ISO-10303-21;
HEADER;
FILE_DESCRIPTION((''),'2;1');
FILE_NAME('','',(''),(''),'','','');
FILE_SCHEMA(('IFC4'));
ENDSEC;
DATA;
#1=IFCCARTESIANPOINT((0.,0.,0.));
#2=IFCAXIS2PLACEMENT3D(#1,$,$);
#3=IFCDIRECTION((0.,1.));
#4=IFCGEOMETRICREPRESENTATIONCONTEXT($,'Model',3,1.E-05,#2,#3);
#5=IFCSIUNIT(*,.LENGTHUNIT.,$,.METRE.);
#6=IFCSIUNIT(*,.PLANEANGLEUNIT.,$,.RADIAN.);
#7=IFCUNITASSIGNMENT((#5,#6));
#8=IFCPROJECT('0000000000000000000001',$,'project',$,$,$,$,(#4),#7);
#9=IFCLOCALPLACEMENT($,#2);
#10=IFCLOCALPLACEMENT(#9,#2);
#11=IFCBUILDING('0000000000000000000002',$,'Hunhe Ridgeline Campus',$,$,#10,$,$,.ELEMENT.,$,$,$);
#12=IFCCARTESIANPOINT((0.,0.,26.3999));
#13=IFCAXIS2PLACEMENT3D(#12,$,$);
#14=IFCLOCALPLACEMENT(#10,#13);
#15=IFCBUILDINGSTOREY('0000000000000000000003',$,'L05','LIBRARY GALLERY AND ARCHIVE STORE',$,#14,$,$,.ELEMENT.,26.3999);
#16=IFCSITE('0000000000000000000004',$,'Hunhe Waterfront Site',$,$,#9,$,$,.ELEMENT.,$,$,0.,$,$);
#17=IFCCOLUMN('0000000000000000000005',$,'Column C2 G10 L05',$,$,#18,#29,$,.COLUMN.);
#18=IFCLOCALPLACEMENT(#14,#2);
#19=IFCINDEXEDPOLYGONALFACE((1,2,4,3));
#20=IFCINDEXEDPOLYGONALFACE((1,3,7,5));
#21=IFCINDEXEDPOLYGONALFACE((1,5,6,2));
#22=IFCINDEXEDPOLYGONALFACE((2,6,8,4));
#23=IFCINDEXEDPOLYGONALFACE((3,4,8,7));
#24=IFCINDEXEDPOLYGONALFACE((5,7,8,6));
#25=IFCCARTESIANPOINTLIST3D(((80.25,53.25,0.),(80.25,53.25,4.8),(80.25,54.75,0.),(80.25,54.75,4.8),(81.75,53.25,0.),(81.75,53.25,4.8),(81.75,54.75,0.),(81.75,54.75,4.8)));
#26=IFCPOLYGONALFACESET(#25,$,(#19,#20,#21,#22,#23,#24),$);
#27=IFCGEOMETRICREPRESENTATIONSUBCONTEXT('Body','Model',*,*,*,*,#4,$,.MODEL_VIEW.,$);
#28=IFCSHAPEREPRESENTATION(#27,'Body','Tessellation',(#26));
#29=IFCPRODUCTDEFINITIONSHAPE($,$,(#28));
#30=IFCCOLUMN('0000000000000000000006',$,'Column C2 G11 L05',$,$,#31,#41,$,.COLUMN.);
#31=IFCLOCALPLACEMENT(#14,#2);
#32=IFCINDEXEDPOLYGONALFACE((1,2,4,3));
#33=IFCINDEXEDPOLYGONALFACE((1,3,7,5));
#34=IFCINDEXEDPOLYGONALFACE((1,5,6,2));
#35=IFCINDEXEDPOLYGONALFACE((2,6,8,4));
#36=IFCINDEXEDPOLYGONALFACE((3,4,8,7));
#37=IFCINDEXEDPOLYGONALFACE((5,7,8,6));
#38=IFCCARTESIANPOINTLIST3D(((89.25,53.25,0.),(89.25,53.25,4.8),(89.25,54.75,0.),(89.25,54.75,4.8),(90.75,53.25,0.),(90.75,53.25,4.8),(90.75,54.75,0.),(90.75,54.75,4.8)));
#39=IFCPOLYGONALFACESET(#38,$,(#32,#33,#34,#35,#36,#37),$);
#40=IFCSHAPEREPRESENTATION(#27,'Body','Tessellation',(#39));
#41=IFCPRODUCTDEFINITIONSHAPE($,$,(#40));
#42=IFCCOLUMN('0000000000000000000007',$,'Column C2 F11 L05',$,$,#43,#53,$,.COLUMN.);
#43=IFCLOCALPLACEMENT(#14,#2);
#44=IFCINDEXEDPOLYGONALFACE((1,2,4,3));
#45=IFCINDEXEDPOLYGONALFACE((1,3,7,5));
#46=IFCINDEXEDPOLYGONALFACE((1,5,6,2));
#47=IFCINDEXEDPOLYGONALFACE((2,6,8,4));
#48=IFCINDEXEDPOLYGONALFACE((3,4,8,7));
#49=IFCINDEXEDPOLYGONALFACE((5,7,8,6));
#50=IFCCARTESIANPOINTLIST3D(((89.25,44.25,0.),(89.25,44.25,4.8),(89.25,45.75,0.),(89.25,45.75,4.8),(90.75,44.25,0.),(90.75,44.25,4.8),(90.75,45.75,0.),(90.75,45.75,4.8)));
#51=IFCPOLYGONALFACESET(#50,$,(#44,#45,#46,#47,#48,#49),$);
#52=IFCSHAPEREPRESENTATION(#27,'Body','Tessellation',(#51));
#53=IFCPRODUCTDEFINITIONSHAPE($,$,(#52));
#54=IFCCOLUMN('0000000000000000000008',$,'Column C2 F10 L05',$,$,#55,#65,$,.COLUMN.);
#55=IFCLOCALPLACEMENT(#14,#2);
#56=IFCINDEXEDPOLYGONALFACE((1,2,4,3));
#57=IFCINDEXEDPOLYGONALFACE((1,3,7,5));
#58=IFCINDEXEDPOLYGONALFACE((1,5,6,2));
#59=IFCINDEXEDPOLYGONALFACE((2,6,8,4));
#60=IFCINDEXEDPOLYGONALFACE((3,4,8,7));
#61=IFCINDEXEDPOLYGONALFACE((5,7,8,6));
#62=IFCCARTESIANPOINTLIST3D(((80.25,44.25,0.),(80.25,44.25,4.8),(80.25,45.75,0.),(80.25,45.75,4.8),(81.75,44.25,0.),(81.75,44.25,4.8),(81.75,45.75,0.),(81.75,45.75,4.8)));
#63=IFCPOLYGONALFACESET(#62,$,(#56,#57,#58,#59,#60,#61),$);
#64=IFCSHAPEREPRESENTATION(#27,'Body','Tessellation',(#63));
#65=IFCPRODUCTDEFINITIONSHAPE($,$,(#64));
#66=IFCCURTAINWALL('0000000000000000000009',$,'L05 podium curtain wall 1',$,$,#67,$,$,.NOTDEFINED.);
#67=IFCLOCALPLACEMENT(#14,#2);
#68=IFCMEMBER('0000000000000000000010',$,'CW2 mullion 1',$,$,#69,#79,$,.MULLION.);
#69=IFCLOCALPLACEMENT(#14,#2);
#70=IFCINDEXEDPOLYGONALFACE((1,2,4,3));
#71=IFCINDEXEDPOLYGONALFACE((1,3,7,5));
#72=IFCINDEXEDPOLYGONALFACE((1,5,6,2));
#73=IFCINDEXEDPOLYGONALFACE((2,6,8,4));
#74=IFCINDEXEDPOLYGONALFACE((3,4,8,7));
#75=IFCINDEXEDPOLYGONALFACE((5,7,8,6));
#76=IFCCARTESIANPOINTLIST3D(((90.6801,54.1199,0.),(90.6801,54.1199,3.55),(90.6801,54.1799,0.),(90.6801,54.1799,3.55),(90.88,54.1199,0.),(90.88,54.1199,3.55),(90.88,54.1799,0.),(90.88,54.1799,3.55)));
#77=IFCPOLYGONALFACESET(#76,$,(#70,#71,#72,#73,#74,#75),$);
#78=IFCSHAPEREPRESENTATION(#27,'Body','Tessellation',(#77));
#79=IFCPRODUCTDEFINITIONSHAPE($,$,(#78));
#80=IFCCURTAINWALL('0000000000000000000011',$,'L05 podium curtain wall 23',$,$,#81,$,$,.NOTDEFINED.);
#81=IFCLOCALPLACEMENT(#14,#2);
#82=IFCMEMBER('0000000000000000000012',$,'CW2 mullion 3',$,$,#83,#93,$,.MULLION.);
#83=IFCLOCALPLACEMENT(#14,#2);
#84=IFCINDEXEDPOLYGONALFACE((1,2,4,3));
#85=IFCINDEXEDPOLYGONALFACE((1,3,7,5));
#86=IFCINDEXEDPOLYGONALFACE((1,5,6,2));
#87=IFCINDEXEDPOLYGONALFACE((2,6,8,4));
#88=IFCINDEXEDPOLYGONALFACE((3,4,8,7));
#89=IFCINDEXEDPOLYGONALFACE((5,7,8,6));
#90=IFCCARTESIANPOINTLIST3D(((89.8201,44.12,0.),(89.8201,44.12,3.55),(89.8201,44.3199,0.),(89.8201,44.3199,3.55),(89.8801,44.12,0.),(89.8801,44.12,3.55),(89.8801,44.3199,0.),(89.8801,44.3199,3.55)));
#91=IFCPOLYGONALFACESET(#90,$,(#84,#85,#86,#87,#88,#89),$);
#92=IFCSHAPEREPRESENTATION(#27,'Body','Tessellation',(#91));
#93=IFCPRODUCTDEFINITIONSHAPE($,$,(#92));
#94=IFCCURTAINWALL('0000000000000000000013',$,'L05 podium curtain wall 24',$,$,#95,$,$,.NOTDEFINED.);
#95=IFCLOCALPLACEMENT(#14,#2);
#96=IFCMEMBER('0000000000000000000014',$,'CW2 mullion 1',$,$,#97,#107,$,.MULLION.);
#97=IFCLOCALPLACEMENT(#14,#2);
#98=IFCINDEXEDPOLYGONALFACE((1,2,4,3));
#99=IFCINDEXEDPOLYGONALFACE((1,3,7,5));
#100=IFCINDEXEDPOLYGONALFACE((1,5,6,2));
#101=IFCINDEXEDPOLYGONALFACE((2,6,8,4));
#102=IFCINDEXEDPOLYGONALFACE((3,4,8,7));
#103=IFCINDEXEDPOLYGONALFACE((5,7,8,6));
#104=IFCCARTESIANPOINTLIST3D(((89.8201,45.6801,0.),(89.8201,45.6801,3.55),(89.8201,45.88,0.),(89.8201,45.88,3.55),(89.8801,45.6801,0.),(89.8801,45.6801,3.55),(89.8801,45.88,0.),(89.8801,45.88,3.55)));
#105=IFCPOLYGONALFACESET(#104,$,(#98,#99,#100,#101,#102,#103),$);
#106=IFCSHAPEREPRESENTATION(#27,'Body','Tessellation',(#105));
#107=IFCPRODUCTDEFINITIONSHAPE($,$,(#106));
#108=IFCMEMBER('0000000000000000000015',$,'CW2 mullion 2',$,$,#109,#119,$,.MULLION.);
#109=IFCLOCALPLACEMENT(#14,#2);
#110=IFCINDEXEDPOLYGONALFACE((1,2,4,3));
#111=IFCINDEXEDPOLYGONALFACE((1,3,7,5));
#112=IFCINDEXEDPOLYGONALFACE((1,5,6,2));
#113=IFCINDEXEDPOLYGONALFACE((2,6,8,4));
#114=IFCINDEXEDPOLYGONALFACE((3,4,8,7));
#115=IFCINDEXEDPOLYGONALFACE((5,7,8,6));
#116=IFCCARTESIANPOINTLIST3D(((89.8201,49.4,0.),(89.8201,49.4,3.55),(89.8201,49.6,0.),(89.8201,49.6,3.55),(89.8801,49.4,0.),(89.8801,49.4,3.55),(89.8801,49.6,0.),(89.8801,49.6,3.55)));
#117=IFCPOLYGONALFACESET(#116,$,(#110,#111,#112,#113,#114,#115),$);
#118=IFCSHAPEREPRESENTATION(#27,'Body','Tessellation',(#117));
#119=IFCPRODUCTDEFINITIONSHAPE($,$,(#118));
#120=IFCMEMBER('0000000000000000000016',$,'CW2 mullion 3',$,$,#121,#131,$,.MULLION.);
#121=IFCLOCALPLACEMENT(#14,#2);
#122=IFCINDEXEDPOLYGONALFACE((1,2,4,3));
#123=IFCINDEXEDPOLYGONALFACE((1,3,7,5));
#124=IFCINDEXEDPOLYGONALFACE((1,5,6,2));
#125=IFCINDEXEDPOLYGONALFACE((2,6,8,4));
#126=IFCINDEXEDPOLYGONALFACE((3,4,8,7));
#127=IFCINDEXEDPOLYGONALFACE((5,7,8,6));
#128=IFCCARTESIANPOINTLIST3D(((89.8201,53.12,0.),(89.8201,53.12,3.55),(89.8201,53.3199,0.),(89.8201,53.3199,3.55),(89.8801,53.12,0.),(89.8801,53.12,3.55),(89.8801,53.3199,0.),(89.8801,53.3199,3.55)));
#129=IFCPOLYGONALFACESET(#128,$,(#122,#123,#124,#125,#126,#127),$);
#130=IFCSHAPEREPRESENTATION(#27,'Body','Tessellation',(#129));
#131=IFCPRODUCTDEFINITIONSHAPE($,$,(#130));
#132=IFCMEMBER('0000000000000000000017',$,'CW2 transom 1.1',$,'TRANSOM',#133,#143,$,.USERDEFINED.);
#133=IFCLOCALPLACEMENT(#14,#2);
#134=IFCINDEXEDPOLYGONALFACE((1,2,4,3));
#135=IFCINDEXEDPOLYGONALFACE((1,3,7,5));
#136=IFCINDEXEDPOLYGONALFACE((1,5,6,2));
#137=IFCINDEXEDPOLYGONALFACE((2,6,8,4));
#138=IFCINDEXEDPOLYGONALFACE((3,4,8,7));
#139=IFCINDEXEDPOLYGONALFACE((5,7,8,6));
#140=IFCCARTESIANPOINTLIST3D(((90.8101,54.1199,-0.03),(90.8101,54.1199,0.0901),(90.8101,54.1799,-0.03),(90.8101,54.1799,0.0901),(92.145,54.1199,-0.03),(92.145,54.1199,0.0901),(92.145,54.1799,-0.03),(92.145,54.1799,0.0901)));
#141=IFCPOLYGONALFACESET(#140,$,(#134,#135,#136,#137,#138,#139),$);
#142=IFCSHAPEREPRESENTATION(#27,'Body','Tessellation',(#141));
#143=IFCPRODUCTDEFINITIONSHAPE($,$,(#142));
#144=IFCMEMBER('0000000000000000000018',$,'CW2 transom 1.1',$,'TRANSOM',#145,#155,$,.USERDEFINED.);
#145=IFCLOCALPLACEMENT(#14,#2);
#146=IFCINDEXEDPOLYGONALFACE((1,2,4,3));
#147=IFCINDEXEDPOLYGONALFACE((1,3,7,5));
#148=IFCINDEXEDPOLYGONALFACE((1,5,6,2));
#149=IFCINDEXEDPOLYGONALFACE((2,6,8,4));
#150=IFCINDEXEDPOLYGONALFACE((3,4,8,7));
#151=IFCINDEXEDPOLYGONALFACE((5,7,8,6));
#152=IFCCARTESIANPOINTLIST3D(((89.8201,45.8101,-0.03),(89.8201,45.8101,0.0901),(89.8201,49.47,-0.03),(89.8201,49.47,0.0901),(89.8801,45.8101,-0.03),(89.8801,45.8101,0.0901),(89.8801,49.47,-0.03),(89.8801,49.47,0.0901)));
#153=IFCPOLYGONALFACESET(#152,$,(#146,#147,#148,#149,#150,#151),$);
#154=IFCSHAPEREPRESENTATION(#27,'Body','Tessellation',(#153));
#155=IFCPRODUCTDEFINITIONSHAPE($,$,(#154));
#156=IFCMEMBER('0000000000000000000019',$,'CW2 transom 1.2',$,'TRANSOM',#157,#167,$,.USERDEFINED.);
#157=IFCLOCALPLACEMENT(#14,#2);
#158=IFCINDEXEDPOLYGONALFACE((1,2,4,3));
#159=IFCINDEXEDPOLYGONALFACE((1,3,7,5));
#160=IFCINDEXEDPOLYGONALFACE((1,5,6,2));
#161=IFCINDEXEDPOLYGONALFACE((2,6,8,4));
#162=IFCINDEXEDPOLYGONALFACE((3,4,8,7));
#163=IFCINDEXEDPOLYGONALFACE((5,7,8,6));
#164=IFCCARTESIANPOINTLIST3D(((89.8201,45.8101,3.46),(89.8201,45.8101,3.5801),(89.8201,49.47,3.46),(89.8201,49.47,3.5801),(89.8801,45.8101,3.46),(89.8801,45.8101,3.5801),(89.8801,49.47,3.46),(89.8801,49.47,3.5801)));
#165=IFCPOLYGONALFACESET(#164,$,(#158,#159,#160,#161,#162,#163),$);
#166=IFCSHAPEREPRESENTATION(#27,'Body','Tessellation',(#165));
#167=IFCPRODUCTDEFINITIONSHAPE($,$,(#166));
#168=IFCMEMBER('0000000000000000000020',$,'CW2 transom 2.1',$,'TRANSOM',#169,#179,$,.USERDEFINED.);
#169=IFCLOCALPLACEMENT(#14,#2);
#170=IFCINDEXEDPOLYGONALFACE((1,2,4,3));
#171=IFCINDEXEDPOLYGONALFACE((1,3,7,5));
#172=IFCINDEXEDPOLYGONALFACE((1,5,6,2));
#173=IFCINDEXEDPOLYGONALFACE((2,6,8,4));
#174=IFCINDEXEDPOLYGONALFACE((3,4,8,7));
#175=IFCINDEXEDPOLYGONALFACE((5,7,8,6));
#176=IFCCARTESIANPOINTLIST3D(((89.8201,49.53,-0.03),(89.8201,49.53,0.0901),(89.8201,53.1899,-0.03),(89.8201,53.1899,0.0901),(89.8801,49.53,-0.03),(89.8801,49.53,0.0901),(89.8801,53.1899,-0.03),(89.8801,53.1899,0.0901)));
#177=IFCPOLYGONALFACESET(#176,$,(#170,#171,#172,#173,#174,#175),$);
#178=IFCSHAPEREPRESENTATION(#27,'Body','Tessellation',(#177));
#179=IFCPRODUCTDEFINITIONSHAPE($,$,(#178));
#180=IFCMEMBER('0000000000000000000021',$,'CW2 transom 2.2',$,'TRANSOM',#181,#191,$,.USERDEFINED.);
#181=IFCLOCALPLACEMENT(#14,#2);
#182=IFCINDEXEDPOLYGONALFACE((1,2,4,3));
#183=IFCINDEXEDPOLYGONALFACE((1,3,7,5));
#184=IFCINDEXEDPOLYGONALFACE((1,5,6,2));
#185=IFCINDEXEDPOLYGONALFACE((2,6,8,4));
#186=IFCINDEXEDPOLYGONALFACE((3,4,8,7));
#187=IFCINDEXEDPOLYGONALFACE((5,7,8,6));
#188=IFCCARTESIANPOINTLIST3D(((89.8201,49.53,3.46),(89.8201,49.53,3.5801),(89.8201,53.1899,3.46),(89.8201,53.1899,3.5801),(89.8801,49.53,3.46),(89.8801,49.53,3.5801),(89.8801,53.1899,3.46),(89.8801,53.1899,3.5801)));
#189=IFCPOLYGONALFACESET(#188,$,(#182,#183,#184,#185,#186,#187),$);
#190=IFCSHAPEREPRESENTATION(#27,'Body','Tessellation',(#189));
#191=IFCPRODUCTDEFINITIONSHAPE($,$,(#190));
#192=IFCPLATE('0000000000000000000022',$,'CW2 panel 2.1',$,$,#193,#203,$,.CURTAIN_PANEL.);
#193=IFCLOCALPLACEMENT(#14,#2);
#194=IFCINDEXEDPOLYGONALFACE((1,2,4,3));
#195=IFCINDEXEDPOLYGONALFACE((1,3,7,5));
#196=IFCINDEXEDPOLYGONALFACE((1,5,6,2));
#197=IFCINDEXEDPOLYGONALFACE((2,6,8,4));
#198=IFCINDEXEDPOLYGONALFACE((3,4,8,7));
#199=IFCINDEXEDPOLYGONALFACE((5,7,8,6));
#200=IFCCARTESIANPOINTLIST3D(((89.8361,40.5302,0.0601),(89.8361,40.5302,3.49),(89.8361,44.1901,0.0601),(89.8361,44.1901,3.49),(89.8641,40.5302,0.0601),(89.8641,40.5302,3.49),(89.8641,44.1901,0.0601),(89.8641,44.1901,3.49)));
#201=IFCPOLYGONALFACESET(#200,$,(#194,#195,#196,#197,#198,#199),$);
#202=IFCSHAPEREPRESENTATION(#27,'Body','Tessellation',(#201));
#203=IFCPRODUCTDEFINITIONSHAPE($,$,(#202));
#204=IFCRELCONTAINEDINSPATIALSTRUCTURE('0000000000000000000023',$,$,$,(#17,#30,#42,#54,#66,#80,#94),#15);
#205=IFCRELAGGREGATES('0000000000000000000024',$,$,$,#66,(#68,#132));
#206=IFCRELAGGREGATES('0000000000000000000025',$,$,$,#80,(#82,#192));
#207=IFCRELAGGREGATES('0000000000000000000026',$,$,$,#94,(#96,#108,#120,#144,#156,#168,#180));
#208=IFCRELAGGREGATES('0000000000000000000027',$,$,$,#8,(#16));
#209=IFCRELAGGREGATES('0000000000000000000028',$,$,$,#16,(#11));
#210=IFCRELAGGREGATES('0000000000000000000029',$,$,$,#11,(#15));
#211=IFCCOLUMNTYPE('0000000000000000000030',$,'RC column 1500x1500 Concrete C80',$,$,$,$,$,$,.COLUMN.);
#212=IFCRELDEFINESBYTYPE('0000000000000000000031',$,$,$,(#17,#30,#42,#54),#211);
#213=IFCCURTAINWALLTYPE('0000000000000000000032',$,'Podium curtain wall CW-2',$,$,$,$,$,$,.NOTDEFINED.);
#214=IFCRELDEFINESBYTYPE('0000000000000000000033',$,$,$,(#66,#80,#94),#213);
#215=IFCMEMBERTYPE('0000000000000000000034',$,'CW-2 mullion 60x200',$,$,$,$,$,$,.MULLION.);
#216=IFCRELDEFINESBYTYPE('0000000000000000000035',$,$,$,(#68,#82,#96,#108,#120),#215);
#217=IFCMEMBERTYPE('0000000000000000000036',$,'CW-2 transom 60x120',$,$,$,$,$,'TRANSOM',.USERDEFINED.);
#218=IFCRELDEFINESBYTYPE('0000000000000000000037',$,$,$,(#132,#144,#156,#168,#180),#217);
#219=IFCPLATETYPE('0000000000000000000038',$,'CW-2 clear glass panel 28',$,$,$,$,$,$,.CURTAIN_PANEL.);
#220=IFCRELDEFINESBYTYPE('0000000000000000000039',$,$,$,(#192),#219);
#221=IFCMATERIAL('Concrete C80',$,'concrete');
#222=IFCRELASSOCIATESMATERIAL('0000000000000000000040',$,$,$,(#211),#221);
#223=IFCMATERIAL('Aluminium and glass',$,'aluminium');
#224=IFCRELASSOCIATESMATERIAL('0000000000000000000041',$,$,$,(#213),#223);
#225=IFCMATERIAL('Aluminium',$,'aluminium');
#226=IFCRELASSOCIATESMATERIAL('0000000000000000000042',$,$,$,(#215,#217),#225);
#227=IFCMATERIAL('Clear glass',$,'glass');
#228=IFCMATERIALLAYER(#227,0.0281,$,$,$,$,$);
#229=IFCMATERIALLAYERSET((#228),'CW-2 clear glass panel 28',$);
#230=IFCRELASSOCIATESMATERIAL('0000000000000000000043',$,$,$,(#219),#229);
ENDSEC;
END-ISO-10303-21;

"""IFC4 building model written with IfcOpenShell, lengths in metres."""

from ifc_helpers import new_model, si_unit, direction, frame, origin, origin_2d, place, context, subcontext, project, spatial, rectangle, extrude, material, layer, layer_set, material_profile, profile_set, type_object, element, aggregate, save


model = new_model("IFC4")

# Units and contexts
model_context = context("Model", 3, precision=1e-05, world=origin(), true_north=direction((0.0, 1.0)))
body_context = subcontext(model_context, "Body", "Model", "MODEL_VIEW")
ifc_project = project(units=[si_unit("LENGTHUNIT", "METRE"), si_unit("PLANEANGLEUNIT", "RADIAN")], contexts=[model_context])

# Site, building, storey
site_placement = place(None, origin())
site = spatial("IfcSite", under=ifc_project, at=site_placement, Name="Hunhe Waterfront Site", CompositionType="ELEMENT", RefElevation=0.0)
building_placement = place(site_placement, origin())
building = spatial("IfcBuilding", under=site, at=building_placement, Name="Hunhe Ridgeline Campus", CompositionType="ELEMENT")
storey_placement = place(building_placement, frame((0.0, 0.0, 26.3999)))
storey = spatial("IfcBuildingStorey", under=building, at=storey_placement, Name="L05", Description="LIBRARY GALLERY AND ARCHIVE STORE", CompositionType="ELEMENT", Elevation=26.3999)

# Columns
ifc_material_1 = material(Name="Concrete C80", Category="concrete")
ifc_material_profile_1 = material_profile(ifc_material_1, rectangle(XDim=1.5, YDim=1.5, at=origin_2d()))
ifc_profile_set_1 = profile_set([ifc_material_profile_1], Name="Concrete C80")
column_type = type_object("IfcColumnType", Name="RC column 1500x1500 Concrete C80", PredefinedType="COLUMN", material=ifc_profile_set_1)
for number, where, z_axis, x_axis, name in (
    (1, (81.0, 54.0, 0.0), (0.0, 0.0, 1.0), (1.0, 0.0, 0.0), "Column C2 G10 L05"),
    (2, (90.0, 54.0, 0.0), (0.0, 0.0, 1.0), (1.0, 0.0, 0.0), "Column C2 G11 L05"),
    (3, (90.0, 45.0, 0.0), (0.0, 0.0, 1.0), (1.0, 0.0, 0.0), "Column C2 F11 L05"),
    (4, (81.0, 45.0, 0.0), (0.0, 0.0, 1.0), (1.0, 0.0, 0.0), "Column C2 F10 L05"),
):
    element("IfcColumn", number, at=place(storey_placement, frame(where, z_axis=z_axis, x_axis=x_axis)), inside=storey, type_object=column_type, Name=name, PredefinedType="COLUMN", context=body_context, shape_type="SweptSolid", body=[
        extrude(rectangle(XDim=1.5, YDim=1.5, at=origin_2d()), origin(), (0.0, 0.0, 1.0), 4.8),
    ])

# Curtain walls, members
ifc_material_2 = material(Name="Aluminium and glass", Category="aluminium")
curtain_wall_type = type_object("IfcCurtainWallType", Name="Podium curtain wall CW-2", PredefinedType="NOTDEFINED", material=ifc_material_2)
curtain_wall_1_placement = place(storey_placement, origin())
curtain_wall_1 = element("IfcCurtainWall", 5, at=curtain_wall_1_placement, inside=storey, type_object=curtain_wall_type, Name="L05 podium curtain wall 1", PredefinedType="NOTDEFINED")
ifc_material_3 = material(Name="Aluminium", Category="aluminium")
ifc_material_profile_2 = material_profile(ifc_material_3, rectangle(XDim=0.0601, YDim=0.2, at=origin_2d()))
ifc_profile_set_2 = profile_set([ifc_material_profile_2], Name="Aluminium")
member_type_1 = type_object("IfcMemberType", Name="CW-2 mullion 60x200", PredefinedType="MULLION", material=ifc_profile_set_2)
member_1_placement = place(storey_placement, frame((90.78, 54.1499, 0.0), z_axis=(0.0, 0.0, 1.0), x_axis=(0.0, 1.0, 0.0)))
member_1 = element("IfcMember", 6, at=member_1_placement, type_object=member_type_1, Name="CW2 mullion 1", PredefinedType="MULLION", context=body_context, shape_type="SweptSolid", body=[
    extrude(rectangle(XDim=0.0601, YDim=0.2, at=origin_2d()), origin(), (0.0, 0.0, 1.0), 3.55),
])
curtain_wall_2_placement = place(storey_placement, origin())
curtain_wall_2 = element("IfcCurtainWall", 7, at=curtain_wall_2_placement, inside=storey, type_object=curtain_wall_type, Name="L05 podium curtain wall 23", PredefinedType="NOTDEFINED")
member_2_placement = place(storey_placement, frame((89.8501, 44.22, 0.0), z_axis=(0.0, 0.0, 1.0), x_axis=(-1.0, 0.0, 0.0)))
member_2 = element("IfcMember", 8, at=member_2_placement, type_object=member_type_1, Name="CW2 mullion 3", PredefinedType="MULLION", context=body_context, shape_type="SweptSolid", body=[
    extrude(rectangle(XDim=0.0601, YDim=0.2, at=origin_2d()), origin(), (0.0, 0.0, 1.0), 3.55),
])

# Curtain wall, members
curtain_wall_3_placement = place(storey_placement, origin())
curtain_wall_3 = element("IfcCurtainWall", 9, at=curtain_wall_3_placement, inside=storey, type_object=curtain_wall_type, Name="L05 podium curtain wall 24", PredefinedType="NOTDEFINED")
member_3_placement = place(storey_placement, frame((89.8501, 45.78, 0.0), z_axis=(0.0, 0.0, 1.0), x_axis=(-1.0, 0.0, 0.0)))
member_3 = element("IfcMember", 10, at=member_3_placement, type_object=member_type_1, Name="CW2 mullion 1", PredefinedType="MULLION", context=body_context, shape_type="SweptSolid", body=[
    extrude(rectangle(XDim=0.0601, YDim=0.2, at=origin_2d()), origin(), (0.0, 0.0, 1.0), 3.55),
])
member_4_placement = place(storey_placement, frame((89.8501, 49.5, 0.0), z_axis=(0.0, 0.0, 1.0), x_axis=(-1.0, 0.0, 0.0)))
member_4 = element("IfcMember", 11, at=member_4_placement, type_object=member_type_1, Name="CW2 mullion 2", PredefinedType="MULLION", context=body_context, shape_type="SweptSolid", body=[
    extrude(rectangle(XDim=0.0601, YDim=0.2, at=origin_2d()), origin(), (0.0, 0.0, 1.0), 3.55),
])
member_5_placement = place(storey_placement, frame((89.8501, 53.22, 0.0), z_axis=(0.0, 0.0, 1.0), x_axis=(-1.0, 0.0, 0.0)))
member_5 = element("IfcMember", 12, at=member_5_placement, type_object=member_type_1, Name="CW2 mullion 3", PredefinedType="MULLION", context=body_context, shape_type="SweptSolid", body=[
    extrude(rectangle(XDim=0.0601, YDim=0.2, at=origin_2d()), origin(), (0.0, 0.0, 1.0), 3.55),
])

# Members
ifc_material_profile_3 = material_profile(ifc_material_3, rectangle(XDim=0.0601, YDim=0.1201, at=origin_2d()))
ifc_profile_set_3 = profile_set([ifc_material_profile_3], Name="Aluminium")
member_type_2 = type_object("IfcMemberType", Name="CW-2 transom 60x120", ElementType="TRANSOM", PredefinedType="USERDEFINED", material=ifc_profile_set_3)
member_6_placement = place(storey_placement, frame((90.8101, 54.1499, 0.03), z_axis=(1.0, 0.0, 0.0), x_axis=(0.0, 1.0, 0.0)))
member_6 = element("IfcMember", 13, at=member_6_placement, type_object=member_type_2, Name="CW2 transom 1.1", ObjectType="TRANSOM", PredefinedType="USERDEFINED", context=body_context, shape_type="SweptSolid", body=[
    extrude(rectangle(XDim=0.0601, YDim=0.1201, at=origin_2d()), origin(), (0.0, 0.0, 1.0), 1.335),
])
aggregate(curtain_wall_1, [member_1, member_6])
member_7_placement = place(storey_placement, frame((89.8501, 45.8101, 0.03), z_axis=(0.0, 1.0, 0.0), x_axis=(-1.0, 0.0, 0.0)))
member_7 = element("IfcMember", 14, at=member_7_placement, type_object=member_type_2, Name="CW2 transom 1.1", ObjectType="TRANSOM", PredefinedType="USERDEFINED", context=body_context, shape_type="SweptSolid", body=[
    extrude(rectangle(XDim=0.0601, YDim=0.1201, at=origin_2d()), origin(), (0.0, 0.0, 1.0), 3.6599),
])
member_8_placement = place(storey_placement, frame((89.8501, 45.8101, 3.52), z_axis=(0.0, 1.0, 0.0), x_axis=(-1.0, 0.0, 0.0)))
member_8 = element("IfcMember", 15, at=member_8_placement, type_object=member_type_2, Name="CW2 transom 1.2", ObjectType="TRANSOM", PredefinedType="USERDEFINED", context=body_context, shape_type="SweptSolid", body=[
    extrude(rectangle(XDim=0.0601, YDim=0.1201, at=origin_2d()), origin(), (0.0, 0.0, 1.0), 3.6599),
])
member_9_placement = place(storey_placement, frame((89.8501, 49.53, 0.03), z_axis=(0.0, 1.0, 0.0), x_axis=(-1.0, 0.0, 0.0)))
member_9 = element("IfcMember", 16, at=member_9_placement, type_object=member_type_2, Name="CW2 transom 2.1", ObjectType="TRANSOM", PredefinedType="USERDEFINED", context=body_context, shape_type="SweptSolid", body=[
    extrude(rectangle(XDim=0.0601, YDim=0.1201, at=origin_2d()), origin(), (0.0, 0.0, 1.0), 3.6599),
])
member_10_placement = place(storey_placement, frame((89.8501, 49.53, 3.52), z_axis=(0.0, 1.0, 0.0), x_axis=(-1.0, 0.0, 0.0)))
member_10 = element("IfcMember", 17, at=member_10_placement, type_object=member_type_2, Name="CW2 transom 2.2", ObjectType="TRANSOM", PredefinedType="USERDEFINED", context=body_context, shape_type="SweptSolid", body=[
    extrude(rectangle(XDim=0.0601, YDim=0.1201, at=origin_2d()), origin(), (0.0, 0.0, 1.0), 3.6599),
])

# Plate
ifc_material_4 = material(Name="Clear glass", Category="glass")
ifc_layer_1 = layer(ifc_material_4, 0.0281)
ifc_layer_set_1 = layer_set([ifc_layer_1], Name="CW-2 clear glass panel 28")
plate_type = type_object("IfcPlateType", Name="CW-2 clear glass panel 28", PredefinedType="CURTAIN_PANEL", material=ifc_layer_set_1)
plate_1_placement = place(storey_placement, frame((89.8501, 42.3601, 0.0601), z_axis=(0.0, 0.0, 1.0), x_axis=(0.0, 1.0, 0.0)))
plate_1 = element("IfcPlate", 18, at=plate_1_placement, type_object=plate_type, Name="CW2 panel 2.1", PredefinedType="CURTAIN_PANEL", context=body_context, shape_type="SweptSolid", body=[
    extrude(rectangle(XDim=3.6599, YDim=0.0281, at=origin_2d()), origin(), (0.0, 0.0, 1.0), 3.4299),
])
aggregate(curtain_wall_2, [member_2, plate_1])
aggregate(curtain_wall_3, [member_3, member_4, member_5, member_7, member_8, member_9, member_10])

save(model, "model.ifc")
